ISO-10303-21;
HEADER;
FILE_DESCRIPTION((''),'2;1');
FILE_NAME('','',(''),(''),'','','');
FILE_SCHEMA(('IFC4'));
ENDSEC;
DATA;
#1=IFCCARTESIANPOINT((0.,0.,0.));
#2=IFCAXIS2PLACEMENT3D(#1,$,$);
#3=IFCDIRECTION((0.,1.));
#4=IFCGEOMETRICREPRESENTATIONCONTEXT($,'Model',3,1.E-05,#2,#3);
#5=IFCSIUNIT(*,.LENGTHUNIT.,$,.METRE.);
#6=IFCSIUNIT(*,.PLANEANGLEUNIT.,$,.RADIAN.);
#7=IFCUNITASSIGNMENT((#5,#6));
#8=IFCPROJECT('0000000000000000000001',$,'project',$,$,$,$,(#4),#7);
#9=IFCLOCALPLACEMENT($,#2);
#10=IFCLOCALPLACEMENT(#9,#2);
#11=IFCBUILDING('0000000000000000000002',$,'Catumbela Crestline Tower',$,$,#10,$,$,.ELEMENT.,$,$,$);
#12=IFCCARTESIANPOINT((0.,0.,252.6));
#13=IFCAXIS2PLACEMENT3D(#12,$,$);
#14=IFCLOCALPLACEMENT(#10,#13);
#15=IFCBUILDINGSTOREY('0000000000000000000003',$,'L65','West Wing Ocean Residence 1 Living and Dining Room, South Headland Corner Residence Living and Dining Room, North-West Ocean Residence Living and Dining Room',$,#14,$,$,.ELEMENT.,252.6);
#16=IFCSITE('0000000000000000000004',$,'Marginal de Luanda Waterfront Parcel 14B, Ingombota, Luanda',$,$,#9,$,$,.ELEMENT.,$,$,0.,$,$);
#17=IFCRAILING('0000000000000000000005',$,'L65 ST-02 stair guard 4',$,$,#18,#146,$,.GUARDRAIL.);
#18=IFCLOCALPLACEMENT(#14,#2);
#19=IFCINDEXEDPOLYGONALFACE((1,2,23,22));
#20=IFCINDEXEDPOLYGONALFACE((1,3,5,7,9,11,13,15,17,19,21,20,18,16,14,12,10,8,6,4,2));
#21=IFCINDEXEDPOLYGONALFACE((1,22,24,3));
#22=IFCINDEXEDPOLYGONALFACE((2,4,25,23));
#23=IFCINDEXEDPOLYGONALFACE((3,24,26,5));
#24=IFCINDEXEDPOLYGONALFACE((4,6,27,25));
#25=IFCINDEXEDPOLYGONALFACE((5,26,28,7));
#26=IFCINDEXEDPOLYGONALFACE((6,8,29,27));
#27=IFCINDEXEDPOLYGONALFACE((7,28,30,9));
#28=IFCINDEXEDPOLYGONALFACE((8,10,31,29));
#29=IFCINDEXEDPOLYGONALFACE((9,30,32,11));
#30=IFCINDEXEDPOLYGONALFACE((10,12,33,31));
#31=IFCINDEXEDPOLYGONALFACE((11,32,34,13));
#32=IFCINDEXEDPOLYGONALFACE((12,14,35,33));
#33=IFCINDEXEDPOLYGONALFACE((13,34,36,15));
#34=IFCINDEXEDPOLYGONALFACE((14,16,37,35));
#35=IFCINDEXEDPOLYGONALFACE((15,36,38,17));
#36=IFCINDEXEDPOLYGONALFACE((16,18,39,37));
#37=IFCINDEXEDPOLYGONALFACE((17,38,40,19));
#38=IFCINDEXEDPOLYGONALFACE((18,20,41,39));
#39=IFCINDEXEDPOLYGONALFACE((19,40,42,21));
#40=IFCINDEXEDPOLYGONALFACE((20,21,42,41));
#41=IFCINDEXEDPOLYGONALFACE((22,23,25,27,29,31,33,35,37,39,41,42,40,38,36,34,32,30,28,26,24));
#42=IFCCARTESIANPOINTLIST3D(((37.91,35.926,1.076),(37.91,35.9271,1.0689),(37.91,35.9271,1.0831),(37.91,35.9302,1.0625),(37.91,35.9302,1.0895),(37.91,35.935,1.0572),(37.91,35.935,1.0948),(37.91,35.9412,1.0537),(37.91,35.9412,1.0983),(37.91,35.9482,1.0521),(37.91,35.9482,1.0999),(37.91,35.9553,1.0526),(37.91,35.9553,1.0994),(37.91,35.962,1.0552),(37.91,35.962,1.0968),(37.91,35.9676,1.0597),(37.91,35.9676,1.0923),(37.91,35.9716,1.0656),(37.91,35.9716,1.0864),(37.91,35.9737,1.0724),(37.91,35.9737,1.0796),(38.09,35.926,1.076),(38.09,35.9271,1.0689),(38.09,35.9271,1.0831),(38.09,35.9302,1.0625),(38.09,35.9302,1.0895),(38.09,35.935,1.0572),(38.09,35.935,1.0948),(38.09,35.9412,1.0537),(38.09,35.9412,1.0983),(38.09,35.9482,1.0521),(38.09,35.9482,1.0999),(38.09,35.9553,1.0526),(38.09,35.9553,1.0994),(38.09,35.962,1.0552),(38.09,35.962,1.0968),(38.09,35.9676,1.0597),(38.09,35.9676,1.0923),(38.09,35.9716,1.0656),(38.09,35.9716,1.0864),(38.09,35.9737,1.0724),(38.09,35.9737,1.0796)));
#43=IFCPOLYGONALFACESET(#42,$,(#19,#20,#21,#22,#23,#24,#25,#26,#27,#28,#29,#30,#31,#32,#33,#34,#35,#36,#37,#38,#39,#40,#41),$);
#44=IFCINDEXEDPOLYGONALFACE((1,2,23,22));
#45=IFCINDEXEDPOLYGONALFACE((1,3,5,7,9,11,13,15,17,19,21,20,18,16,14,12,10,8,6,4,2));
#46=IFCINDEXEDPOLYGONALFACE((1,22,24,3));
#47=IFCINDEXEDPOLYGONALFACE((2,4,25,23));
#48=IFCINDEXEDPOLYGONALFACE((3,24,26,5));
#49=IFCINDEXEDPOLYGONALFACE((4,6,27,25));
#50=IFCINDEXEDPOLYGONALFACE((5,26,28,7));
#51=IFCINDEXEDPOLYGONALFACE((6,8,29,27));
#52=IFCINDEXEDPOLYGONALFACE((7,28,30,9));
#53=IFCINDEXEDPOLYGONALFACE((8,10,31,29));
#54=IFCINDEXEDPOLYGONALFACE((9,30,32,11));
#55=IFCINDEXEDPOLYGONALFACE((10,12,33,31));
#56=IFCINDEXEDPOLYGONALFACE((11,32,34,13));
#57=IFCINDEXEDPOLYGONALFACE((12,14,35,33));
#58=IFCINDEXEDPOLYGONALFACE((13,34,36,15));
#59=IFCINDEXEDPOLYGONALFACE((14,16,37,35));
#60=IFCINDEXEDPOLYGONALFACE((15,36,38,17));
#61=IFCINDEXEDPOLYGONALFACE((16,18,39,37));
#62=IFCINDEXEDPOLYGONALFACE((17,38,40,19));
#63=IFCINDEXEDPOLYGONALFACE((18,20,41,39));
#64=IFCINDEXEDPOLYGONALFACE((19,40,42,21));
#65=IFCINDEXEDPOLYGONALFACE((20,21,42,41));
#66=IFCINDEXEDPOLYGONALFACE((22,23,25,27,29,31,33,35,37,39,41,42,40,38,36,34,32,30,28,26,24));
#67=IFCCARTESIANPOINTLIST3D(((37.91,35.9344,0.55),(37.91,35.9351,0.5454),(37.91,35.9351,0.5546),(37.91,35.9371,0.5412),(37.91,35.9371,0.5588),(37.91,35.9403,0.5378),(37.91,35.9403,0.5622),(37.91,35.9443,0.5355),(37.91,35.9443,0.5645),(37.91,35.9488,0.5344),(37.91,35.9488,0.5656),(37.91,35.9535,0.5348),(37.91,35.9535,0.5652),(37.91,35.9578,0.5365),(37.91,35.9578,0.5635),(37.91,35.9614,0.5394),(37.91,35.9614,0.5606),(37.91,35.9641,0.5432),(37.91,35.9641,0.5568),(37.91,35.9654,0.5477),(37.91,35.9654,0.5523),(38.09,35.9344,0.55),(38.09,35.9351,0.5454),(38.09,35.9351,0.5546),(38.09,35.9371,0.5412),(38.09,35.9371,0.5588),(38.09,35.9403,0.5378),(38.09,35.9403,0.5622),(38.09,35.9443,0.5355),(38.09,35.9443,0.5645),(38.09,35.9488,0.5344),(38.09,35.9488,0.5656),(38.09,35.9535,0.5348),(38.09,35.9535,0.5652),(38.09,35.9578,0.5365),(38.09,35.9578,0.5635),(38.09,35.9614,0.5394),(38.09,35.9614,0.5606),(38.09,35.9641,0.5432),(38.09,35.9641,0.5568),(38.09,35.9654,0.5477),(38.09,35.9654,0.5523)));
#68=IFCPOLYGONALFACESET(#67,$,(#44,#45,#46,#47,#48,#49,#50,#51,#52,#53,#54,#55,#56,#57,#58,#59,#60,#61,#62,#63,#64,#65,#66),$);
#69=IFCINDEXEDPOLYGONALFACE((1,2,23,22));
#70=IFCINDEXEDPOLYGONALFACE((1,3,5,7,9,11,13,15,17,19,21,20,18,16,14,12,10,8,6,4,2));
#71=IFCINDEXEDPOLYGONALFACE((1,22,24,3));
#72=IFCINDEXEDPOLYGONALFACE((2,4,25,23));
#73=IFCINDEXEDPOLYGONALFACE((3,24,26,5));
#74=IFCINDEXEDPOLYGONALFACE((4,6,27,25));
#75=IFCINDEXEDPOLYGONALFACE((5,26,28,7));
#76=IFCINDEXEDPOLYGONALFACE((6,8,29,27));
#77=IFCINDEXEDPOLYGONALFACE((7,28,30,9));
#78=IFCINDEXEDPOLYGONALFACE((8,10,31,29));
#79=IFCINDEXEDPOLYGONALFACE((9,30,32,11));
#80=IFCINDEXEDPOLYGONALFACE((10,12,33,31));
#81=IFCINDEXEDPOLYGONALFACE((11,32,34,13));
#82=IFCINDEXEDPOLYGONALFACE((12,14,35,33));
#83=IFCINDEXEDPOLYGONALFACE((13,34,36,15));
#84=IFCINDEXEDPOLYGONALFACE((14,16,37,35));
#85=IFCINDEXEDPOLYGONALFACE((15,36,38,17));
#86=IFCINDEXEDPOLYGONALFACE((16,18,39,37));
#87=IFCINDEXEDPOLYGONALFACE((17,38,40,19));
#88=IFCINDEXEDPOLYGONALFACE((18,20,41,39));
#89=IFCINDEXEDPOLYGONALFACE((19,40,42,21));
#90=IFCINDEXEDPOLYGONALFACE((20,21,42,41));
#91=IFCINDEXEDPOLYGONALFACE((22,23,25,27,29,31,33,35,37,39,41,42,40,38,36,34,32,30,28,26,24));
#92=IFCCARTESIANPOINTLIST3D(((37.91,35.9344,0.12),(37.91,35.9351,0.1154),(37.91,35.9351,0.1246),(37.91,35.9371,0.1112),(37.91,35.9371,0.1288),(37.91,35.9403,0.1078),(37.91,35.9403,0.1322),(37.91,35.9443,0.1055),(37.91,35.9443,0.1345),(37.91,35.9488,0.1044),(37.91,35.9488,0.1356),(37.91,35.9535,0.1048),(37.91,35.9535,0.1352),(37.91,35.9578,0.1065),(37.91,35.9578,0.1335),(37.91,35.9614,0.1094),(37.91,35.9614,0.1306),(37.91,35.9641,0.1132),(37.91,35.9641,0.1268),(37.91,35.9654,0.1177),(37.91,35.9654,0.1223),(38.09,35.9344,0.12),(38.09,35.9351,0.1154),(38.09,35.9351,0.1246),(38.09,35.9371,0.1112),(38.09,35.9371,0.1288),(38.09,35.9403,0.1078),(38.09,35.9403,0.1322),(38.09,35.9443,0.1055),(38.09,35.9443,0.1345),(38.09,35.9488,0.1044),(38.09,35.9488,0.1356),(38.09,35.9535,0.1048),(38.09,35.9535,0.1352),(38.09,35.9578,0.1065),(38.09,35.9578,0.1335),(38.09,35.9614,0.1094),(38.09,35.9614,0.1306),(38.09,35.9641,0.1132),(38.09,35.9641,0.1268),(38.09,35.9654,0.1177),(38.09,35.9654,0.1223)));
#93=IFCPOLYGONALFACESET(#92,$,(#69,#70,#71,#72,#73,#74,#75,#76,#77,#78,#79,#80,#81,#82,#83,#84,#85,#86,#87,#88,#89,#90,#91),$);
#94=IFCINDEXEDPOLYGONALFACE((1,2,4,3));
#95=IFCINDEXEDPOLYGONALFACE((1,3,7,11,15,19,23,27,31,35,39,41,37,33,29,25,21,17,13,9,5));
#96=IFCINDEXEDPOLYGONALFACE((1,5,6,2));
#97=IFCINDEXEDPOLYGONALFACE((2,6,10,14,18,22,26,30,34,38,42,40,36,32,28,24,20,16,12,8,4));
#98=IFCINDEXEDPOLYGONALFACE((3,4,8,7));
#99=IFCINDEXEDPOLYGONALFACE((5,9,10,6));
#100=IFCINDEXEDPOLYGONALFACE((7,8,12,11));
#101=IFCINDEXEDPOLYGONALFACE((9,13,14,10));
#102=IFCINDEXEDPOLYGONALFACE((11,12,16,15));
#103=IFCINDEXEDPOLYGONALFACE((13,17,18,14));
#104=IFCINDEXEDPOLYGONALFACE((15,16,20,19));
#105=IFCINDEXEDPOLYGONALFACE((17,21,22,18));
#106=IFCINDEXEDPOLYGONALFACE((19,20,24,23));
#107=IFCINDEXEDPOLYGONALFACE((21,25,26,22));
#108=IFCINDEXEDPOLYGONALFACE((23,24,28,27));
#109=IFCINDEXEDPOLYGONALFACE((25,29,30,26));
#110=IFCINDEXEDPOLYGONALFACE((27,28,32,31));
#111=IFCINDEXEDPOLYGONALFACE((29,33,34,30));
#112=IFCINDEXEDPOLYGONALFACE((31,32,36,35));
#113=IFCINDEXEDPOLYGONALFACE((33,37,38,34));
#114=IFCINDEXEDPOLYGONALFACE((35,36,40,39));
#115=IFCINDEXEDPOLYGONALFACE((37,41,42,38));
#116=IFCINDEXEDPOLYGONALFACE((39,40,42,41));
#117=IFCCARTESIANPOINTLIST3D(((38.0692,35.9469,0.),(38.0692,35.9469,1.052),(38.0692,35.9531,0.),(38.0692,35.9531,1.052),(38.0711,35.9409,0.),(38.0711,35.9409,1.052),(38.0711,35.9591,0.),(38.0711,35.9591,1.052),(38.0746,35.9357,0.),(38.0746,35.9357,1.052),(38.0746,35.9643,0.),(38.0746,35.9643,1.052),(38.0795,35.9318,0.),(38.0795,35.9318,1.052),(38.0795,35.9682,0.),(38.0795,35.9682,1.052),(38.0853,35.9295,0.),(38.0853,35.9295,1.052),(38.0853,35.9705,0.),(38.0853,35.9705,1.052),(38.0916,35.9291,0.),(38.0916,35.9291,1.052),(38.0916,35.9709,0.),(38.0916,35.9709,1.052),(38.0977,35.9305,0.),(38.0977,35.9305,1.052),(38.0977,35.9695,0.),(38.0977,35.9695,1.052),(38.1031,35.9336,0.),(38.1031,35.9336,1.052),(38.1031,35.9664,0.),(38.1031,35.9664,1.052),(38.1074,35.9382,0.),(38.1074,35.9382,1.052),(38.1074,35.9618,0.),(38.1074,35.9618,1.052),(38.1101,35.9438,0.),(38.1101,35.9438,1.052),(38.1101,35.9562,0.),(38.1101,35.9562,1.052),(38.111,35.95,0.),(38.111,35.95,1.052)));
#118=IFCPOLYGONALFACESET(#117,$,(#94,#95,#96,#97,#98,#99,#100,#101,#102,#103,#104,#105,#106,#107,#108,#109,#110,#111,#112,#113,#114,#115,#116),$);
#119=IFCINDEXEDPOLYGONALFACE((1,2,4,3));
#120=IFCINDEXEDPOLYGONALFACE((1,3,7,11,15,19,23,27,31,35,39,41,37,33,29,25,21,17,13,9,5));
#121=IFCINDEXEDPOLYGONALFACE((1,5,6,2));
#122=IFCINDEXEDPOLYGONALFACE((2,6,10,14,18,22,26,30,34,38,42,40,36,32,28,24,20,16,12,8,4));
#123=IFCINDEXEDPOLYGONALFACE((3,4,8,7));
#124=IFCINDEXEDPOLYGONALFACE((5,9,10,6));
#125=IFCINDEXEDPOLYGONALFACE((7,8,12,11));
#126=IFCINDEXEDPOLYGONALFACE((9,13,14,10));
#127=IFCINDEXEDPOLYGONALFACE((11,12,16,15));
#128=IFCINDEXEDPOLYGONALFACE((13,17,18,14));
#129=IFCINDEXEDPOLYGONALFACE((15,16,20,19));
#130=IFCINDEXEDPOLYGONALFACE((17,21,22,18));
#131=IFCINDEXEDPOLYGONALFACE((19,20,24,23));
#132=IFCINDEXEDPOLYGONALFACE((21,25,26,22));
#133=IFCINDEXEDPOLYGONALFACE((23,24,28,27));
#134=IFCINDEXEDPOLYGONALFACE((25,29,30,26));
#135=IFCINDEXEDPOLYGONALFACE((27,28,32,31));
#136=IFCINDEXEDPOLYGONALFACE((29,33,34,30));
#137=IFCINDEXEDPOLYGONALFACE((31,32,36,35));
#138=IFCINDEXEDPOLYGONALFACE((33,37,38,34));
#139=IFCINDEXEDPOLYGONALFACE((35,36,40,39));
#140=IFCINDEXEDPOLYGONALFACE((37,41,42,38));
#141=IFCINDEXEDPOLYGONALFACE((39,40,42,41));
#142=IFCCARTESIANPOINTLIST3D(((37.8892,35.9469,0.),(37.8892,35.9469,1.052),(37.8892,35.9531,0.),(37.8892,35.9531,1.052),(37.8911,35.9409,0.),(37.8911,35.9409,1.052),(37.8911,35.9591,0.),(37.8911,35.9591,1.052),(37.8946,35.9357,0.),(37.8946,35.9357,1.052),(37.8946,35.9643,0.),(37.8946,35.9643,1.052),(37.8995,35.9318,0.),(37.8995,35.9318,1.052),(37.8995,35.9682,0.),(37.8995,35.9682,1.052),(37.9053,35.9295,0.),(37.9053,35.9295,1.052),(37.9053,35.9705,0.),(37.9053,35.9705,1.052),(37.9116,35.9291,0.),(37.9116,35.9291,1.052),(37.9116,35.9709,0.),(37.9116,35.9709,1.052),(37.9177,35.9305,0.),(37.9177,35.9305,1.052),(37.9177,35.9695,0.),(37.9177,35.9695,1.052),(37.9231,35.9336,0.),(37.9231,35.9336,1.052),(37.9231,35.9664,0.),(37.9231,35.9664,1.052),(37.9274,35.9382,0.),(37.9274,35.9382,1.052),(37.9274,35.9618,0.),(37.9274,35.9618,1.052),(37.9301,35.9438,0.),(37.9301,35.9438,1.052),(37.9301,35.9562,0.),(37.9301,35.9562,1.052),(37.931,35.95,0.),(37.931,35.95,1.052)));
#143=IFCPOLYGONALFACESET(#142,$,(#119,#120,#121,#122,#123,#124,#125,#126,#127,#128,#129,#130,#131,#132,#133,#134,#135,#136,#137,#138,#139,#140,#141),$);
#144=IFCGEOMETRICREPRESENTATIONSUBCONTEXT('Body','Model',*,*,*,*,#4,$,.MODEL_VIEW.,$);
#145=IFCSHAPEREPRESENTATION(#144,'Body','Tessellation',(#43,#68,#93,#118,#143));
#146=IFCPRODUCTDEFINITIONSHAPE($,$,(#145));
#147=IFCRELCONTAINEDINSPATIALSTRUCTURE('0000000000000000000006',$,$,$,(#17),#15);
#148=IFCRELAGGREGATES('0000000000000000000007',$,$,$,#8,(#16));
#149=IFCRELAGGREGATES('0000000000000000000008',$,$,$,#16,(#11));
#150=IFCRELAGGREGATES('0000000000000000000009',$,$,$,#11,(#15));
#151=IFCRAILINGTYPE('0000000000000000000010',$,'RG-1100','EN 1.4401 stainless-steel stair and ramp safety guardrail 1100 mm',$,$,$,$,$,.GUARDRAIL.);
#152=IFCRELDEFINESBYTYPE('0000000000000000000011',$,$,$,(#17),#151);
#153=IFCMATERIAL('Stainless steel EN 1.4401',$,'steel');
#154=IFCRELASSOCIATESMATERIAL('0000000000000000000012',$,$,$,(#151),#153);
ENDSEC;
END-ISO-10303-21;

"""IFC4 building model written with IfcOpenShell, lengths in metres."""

from ifc_helpers import new_model, si_unit, direction, frame, origin, origin_2d, place, context, subcontext, project, spatial, circle, extrude, material, type_object, element, save


model = new_model("IFC4")

# Units and contexts
model_context = context("Model", 3, precision=1e-05, world=origin(), true_north=direction((0.0, 1.0)))
body_context = subcontext(model_context, "Body", "Model", "MODEL_VIEW")
ifc_project = project(units=[si_unit("LENGTHUNIT", "METRE"), si_unit("PLANEANGLEUNIT", "RADIAN")], contexts=[model_context])

# Site, building, storey
site_placement = place(None, origin())
site = spatial("IfcSite", under=ifc_project, at=site_placement, Name="Marginal de Luanda Waterfront Parcel 14B, Ingombota, Luanda", CompositionType="ELEMENT", RefElevation=0.0)
building_placement = place(site_placement, origin())
building = spatial("IfcBuilding", under=site, at=building_placement, Name="Catumbela Crestline Tower", CompositionType="ELEMENT")
storey_placement = place(building_placement, frame((0.0, 0.0, 252.6)))
storey = spatial("IfcBuildingStorey", under=building, at=storey_placement, Name="L65", Description="West Wing Ocean Residence 1 Living and Dining Room, South Headland Corner Residence Living and Dining Room, North-West Ocean Residence Living and Dining Room", CompositionType="ELEMENT", Elevation=252.6)

# Railing
ifc_material_1 = material(Name="Stainless steel EN 1.4401", Category="steel")
railing_type_1 = type_object("IfcRailingType", Name="RG-1100", Description="EN 1.4401 stainless-steel stair and ramp safety guardrail 1100 mm", PredefinedType="GUARDRAIL", material=ifc_material_1)
railing_1_placement = place(storey_placement, frame((38.09, 35.95, 0.0)))
element("IfcRailing", 1, at=railing_1_placement, inside=storey, type_object=railing_type_1, Name="L65 ST-02 stair guard 4", PredefinedType="GUARDRAIL", context=body_context, shape_type="SweptSolid", body=[
    extrude(circle(Radius=0.024, at=origin_2d()), frame((0.0, 0.0, 1.076), z_axis=(-1.0, 0.0, 0.0), x_axis=(0.0, -1.0, 0.0)), (0.0, 0.0, 1.0), 0.18),
    extrude(circle(Radius=0.0156, at=origin_2d()), frame((0.0, 0.0, 0.55), z_axis=(-1.0, 0.0, 0.0), x_axis=(0.0, -1.0, 0.0)), (0.0, 0.0, 1.0), 0.18),
    extrude(circle(Radius=0.0156, at=origin_2d()), frame((0.0, 0.0, 0.12), z_axis=(-1.0, 0.0, 0.0), x_axis=(0.0, -1.0, 0.0)), (0.0, 0.0, 1.0), 0.18),
    extrude(circle(Radius=0.021, at=origin_2d()), origin(), (0.0, 0.0, 1.0), 1.052),
    extrude(circle(Radius=0.021, at=origin_2d()), frame((-0.18, 0.0, 0.0)), (0.0, 0.0, 1.0), 1.052),
])

save(model, "model.ifc")
